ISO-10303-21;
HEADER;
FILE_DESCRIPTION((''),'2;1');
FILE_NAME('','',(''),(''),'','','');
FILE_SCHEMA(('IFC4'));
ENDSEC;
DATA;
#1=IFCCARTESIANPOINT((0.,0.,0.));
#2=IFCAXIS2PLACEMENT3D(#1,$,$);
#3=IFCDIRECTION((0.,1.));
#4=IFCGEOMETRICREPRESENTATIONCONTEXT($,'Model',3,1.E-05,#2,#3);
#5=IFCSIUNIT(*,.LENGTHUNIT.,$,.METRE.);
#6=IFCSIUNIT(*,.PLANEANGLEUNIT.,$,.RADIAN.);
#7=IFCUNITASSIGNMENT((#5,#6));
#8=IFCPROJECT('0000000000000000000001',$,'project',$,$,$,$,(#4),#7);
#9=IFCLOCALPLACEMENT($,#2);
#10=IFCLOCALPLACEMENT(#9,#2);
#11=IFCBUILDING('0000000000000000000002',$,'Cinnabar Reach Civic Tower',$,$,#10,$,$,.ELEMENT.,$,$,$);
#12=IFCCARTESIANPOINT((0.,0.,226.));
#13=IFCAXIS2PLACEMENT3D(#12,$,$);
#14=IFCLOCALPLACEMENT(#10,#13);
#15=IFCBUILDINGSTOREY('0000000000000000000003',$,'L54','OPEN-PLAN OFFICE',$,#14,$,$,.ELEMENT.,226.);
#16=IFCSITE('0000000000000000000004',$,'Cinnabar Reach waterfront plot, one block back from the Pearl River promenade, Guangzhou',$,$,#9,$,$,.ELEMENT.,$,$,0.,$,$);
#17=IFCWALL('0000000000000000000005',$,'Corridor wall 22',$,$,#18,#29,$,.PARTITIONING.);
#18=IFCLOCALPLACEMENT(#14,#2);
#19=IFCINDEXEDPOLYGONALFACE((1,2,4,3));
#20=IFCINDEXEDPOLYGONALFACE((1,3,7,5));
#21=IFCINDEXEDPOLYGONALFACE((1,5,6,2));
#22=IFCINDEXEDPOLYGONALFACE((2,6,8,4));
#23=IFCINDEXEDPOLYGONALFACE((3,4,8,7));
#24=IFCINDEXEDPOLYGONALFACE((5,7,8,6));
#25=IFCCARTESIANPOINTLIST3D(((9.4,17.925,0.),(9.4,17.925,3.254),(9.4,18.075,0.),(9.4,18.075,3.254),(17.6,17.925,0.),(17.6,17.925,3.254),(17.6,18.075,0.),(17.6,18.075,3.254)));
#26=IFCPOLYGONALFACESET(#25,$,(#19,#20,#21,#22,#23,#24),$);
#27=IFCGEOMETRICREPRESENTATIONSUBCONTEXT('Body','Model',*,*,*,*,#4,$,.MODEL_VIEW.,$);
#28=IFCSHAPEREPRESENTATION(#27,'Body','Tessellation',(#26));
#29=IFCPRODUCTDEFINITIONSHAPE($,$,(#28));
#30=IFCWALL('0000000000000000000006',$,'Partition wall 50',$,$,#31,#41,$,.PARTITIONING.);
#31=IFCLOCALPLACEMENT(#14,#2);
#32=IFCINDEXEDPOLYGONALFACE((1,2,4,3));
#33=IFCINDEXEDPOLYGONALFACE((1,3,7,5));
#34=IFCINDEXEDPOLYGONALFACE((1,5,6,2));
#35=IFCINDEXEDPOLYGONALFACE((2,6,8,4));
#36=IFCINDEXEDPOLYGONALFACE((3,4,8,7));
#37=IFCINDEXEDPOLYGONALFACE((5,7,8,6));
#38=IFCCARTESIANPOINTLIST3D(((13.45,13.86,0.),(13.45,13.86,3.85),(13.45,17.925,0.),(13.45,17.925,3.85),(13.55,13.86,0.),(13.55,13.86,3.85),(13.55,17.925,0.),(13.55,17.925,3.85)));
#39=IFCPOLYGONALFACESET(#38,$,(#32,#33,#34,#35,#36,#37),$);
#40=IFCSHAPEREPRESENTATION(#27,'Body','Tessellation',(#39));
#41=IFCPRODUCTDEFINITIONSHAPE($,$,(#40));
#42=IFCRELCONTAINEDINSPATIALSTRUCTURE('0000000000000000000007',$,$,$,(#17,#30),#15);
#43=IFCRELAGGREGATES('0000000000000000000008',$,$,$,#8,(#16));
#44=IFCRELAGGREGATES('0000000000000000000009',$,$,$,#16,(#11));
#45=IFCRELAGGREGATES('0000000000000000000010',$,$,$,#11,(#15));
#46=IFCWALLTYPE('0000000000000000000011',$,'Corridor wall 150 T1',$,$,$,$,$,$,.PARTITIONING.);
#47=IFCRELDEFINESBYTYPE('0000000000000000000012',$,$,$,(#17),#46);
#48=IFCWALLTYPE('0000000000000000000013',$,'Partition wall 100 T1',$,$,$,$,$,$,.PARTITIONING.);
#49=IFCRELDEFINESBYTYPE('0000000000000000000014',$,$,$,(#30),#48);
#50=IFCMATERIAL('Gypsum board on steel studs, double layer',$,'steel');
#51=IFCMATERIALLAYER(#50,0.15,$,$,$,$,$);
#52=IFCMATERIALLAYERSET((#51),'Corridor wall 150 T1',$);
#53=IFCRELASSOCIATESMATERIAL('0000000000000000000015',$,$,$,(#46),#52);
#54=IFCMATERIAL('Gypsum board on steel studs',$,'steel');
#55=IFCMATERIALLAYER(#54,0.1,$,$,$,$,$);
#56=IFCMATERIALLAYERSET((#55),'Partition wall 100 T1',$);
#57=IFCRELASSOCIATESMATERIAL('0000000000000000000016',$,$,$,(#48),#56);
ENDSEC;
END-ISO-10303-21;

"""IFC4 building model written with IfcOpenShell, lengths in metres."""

from ifc_helpers import new_model, si_unit, direction, frame, frame_2d, origin, place, context, subcontext, project, spatial, rectangle, extrude, material, layer, layer_set, type_object, element, save


model = new_model("IFC4")

# Units and contexts
model_context = context("Model", 3, precision=1e-05, world=origin(), true_north=direction((0.0, 1.0)))
body_context = subcontext(model_context, "Body", "Model", "MODEL_VIEW")
ifc_project = project(units=[si_unit("LENGTHUNIT", "METRE"), si_unit("PLANEANGLEUNIT", "RADIAN")], contexts=[model_context])

# Site, building, storey
site_placement = place(None, origin())
site = spatial("IfcSite", under=ifc_project, at=site_placement, Name="Cinnabar Reach waterfront plot, one block back from the Pearl River promenade, Guangzhou", CompositionType="ELEMENT", RefElevation=0.0)
building_placement = place(site_placement, origin())
building = spatial("IfcBuilding", under=site, at=building_placement, Name="Cinnabar Reach Civic Tower", CompositionType="ELEMENT")
storey_placement = place(building_placement, frame((0.0, 0.0, 226.0)))
storey = spatial("IfcBuildingStorey", under=building, at=storey_placement, Name="L54", Description="OPEN-PLAN OFFICE", CompositionType="ELEMENT", Elevation=226.0)

# Walls
ifc_material_1 = material(Name="Gypsum board on steel studs, double layer", Category="steel")
ifc_layer_1 = layer(ifc_material_1, 0.15)
ifc_layer_set_1 = layer_set([ifc_layer_1], Name="Corridor wall 150 T1")
wall_type_1 = type_object("IfcWallType", Name="Corridor wall 150 T1", PredefinedType="PARTITIONING", material=ifc_layer_set_1)
wall_1_placement = place(storey_placement, frame((9.4, 18.0, 0.0), z_axis=(0.0, 0.0, 1.0), x_axis=(1.0, 0.0, 0.0)))
element("IfcWall", 1, at=wall_1_placement, inside=storey, type_object=wall_type_1, Name="Corridor wall 22", PredefinedType="PARTITIONING", context=body_context, shape_type="SweptSolid", body=[
    extrude(rectangle(XDim=8.2, YDim=0.15, at=frame_2d((4.1, 0.0))), origin(), (0.0, 0.0, 1.0), 3.254),
])
ifc_material_2 = material(Name="Gypsum board on steel studs", Category="steel")
ifc_layer_2 = layer(ifc_material_2, 0.1)
ifc_layer_set_2 = layer_set([ifc_layer_2], Name="Partition wall 100 T1")
wall_type_2 = type_object("IfcWallType", Name="Partition wall 100 T1", PredefinedType="PARTITIONING", material=ifc_layer_set_2)
wall_2_placement = place(storey_placement, frame((13.5, 13.86, 0.0), z_axis=(0.0, 0.0, 1.0), x_axis=(0.0, 1.0, 0.0)))
element("IfcWall", 2, at=wall_2_placement, inside=storey, type_object=wall_type_2, Name="Partition wall 50", PredefinedType="PARTITIONING", context=body_context, shape_type="SweptSolid", body=[
    extrude(rectangle(XDim=4.065, YDim=0.1, at=frame_2d((2.0325, 0.0))), origin(), (0.0, 0.0, 1.0), 3.85),
])

save(model, "model.ifc")
